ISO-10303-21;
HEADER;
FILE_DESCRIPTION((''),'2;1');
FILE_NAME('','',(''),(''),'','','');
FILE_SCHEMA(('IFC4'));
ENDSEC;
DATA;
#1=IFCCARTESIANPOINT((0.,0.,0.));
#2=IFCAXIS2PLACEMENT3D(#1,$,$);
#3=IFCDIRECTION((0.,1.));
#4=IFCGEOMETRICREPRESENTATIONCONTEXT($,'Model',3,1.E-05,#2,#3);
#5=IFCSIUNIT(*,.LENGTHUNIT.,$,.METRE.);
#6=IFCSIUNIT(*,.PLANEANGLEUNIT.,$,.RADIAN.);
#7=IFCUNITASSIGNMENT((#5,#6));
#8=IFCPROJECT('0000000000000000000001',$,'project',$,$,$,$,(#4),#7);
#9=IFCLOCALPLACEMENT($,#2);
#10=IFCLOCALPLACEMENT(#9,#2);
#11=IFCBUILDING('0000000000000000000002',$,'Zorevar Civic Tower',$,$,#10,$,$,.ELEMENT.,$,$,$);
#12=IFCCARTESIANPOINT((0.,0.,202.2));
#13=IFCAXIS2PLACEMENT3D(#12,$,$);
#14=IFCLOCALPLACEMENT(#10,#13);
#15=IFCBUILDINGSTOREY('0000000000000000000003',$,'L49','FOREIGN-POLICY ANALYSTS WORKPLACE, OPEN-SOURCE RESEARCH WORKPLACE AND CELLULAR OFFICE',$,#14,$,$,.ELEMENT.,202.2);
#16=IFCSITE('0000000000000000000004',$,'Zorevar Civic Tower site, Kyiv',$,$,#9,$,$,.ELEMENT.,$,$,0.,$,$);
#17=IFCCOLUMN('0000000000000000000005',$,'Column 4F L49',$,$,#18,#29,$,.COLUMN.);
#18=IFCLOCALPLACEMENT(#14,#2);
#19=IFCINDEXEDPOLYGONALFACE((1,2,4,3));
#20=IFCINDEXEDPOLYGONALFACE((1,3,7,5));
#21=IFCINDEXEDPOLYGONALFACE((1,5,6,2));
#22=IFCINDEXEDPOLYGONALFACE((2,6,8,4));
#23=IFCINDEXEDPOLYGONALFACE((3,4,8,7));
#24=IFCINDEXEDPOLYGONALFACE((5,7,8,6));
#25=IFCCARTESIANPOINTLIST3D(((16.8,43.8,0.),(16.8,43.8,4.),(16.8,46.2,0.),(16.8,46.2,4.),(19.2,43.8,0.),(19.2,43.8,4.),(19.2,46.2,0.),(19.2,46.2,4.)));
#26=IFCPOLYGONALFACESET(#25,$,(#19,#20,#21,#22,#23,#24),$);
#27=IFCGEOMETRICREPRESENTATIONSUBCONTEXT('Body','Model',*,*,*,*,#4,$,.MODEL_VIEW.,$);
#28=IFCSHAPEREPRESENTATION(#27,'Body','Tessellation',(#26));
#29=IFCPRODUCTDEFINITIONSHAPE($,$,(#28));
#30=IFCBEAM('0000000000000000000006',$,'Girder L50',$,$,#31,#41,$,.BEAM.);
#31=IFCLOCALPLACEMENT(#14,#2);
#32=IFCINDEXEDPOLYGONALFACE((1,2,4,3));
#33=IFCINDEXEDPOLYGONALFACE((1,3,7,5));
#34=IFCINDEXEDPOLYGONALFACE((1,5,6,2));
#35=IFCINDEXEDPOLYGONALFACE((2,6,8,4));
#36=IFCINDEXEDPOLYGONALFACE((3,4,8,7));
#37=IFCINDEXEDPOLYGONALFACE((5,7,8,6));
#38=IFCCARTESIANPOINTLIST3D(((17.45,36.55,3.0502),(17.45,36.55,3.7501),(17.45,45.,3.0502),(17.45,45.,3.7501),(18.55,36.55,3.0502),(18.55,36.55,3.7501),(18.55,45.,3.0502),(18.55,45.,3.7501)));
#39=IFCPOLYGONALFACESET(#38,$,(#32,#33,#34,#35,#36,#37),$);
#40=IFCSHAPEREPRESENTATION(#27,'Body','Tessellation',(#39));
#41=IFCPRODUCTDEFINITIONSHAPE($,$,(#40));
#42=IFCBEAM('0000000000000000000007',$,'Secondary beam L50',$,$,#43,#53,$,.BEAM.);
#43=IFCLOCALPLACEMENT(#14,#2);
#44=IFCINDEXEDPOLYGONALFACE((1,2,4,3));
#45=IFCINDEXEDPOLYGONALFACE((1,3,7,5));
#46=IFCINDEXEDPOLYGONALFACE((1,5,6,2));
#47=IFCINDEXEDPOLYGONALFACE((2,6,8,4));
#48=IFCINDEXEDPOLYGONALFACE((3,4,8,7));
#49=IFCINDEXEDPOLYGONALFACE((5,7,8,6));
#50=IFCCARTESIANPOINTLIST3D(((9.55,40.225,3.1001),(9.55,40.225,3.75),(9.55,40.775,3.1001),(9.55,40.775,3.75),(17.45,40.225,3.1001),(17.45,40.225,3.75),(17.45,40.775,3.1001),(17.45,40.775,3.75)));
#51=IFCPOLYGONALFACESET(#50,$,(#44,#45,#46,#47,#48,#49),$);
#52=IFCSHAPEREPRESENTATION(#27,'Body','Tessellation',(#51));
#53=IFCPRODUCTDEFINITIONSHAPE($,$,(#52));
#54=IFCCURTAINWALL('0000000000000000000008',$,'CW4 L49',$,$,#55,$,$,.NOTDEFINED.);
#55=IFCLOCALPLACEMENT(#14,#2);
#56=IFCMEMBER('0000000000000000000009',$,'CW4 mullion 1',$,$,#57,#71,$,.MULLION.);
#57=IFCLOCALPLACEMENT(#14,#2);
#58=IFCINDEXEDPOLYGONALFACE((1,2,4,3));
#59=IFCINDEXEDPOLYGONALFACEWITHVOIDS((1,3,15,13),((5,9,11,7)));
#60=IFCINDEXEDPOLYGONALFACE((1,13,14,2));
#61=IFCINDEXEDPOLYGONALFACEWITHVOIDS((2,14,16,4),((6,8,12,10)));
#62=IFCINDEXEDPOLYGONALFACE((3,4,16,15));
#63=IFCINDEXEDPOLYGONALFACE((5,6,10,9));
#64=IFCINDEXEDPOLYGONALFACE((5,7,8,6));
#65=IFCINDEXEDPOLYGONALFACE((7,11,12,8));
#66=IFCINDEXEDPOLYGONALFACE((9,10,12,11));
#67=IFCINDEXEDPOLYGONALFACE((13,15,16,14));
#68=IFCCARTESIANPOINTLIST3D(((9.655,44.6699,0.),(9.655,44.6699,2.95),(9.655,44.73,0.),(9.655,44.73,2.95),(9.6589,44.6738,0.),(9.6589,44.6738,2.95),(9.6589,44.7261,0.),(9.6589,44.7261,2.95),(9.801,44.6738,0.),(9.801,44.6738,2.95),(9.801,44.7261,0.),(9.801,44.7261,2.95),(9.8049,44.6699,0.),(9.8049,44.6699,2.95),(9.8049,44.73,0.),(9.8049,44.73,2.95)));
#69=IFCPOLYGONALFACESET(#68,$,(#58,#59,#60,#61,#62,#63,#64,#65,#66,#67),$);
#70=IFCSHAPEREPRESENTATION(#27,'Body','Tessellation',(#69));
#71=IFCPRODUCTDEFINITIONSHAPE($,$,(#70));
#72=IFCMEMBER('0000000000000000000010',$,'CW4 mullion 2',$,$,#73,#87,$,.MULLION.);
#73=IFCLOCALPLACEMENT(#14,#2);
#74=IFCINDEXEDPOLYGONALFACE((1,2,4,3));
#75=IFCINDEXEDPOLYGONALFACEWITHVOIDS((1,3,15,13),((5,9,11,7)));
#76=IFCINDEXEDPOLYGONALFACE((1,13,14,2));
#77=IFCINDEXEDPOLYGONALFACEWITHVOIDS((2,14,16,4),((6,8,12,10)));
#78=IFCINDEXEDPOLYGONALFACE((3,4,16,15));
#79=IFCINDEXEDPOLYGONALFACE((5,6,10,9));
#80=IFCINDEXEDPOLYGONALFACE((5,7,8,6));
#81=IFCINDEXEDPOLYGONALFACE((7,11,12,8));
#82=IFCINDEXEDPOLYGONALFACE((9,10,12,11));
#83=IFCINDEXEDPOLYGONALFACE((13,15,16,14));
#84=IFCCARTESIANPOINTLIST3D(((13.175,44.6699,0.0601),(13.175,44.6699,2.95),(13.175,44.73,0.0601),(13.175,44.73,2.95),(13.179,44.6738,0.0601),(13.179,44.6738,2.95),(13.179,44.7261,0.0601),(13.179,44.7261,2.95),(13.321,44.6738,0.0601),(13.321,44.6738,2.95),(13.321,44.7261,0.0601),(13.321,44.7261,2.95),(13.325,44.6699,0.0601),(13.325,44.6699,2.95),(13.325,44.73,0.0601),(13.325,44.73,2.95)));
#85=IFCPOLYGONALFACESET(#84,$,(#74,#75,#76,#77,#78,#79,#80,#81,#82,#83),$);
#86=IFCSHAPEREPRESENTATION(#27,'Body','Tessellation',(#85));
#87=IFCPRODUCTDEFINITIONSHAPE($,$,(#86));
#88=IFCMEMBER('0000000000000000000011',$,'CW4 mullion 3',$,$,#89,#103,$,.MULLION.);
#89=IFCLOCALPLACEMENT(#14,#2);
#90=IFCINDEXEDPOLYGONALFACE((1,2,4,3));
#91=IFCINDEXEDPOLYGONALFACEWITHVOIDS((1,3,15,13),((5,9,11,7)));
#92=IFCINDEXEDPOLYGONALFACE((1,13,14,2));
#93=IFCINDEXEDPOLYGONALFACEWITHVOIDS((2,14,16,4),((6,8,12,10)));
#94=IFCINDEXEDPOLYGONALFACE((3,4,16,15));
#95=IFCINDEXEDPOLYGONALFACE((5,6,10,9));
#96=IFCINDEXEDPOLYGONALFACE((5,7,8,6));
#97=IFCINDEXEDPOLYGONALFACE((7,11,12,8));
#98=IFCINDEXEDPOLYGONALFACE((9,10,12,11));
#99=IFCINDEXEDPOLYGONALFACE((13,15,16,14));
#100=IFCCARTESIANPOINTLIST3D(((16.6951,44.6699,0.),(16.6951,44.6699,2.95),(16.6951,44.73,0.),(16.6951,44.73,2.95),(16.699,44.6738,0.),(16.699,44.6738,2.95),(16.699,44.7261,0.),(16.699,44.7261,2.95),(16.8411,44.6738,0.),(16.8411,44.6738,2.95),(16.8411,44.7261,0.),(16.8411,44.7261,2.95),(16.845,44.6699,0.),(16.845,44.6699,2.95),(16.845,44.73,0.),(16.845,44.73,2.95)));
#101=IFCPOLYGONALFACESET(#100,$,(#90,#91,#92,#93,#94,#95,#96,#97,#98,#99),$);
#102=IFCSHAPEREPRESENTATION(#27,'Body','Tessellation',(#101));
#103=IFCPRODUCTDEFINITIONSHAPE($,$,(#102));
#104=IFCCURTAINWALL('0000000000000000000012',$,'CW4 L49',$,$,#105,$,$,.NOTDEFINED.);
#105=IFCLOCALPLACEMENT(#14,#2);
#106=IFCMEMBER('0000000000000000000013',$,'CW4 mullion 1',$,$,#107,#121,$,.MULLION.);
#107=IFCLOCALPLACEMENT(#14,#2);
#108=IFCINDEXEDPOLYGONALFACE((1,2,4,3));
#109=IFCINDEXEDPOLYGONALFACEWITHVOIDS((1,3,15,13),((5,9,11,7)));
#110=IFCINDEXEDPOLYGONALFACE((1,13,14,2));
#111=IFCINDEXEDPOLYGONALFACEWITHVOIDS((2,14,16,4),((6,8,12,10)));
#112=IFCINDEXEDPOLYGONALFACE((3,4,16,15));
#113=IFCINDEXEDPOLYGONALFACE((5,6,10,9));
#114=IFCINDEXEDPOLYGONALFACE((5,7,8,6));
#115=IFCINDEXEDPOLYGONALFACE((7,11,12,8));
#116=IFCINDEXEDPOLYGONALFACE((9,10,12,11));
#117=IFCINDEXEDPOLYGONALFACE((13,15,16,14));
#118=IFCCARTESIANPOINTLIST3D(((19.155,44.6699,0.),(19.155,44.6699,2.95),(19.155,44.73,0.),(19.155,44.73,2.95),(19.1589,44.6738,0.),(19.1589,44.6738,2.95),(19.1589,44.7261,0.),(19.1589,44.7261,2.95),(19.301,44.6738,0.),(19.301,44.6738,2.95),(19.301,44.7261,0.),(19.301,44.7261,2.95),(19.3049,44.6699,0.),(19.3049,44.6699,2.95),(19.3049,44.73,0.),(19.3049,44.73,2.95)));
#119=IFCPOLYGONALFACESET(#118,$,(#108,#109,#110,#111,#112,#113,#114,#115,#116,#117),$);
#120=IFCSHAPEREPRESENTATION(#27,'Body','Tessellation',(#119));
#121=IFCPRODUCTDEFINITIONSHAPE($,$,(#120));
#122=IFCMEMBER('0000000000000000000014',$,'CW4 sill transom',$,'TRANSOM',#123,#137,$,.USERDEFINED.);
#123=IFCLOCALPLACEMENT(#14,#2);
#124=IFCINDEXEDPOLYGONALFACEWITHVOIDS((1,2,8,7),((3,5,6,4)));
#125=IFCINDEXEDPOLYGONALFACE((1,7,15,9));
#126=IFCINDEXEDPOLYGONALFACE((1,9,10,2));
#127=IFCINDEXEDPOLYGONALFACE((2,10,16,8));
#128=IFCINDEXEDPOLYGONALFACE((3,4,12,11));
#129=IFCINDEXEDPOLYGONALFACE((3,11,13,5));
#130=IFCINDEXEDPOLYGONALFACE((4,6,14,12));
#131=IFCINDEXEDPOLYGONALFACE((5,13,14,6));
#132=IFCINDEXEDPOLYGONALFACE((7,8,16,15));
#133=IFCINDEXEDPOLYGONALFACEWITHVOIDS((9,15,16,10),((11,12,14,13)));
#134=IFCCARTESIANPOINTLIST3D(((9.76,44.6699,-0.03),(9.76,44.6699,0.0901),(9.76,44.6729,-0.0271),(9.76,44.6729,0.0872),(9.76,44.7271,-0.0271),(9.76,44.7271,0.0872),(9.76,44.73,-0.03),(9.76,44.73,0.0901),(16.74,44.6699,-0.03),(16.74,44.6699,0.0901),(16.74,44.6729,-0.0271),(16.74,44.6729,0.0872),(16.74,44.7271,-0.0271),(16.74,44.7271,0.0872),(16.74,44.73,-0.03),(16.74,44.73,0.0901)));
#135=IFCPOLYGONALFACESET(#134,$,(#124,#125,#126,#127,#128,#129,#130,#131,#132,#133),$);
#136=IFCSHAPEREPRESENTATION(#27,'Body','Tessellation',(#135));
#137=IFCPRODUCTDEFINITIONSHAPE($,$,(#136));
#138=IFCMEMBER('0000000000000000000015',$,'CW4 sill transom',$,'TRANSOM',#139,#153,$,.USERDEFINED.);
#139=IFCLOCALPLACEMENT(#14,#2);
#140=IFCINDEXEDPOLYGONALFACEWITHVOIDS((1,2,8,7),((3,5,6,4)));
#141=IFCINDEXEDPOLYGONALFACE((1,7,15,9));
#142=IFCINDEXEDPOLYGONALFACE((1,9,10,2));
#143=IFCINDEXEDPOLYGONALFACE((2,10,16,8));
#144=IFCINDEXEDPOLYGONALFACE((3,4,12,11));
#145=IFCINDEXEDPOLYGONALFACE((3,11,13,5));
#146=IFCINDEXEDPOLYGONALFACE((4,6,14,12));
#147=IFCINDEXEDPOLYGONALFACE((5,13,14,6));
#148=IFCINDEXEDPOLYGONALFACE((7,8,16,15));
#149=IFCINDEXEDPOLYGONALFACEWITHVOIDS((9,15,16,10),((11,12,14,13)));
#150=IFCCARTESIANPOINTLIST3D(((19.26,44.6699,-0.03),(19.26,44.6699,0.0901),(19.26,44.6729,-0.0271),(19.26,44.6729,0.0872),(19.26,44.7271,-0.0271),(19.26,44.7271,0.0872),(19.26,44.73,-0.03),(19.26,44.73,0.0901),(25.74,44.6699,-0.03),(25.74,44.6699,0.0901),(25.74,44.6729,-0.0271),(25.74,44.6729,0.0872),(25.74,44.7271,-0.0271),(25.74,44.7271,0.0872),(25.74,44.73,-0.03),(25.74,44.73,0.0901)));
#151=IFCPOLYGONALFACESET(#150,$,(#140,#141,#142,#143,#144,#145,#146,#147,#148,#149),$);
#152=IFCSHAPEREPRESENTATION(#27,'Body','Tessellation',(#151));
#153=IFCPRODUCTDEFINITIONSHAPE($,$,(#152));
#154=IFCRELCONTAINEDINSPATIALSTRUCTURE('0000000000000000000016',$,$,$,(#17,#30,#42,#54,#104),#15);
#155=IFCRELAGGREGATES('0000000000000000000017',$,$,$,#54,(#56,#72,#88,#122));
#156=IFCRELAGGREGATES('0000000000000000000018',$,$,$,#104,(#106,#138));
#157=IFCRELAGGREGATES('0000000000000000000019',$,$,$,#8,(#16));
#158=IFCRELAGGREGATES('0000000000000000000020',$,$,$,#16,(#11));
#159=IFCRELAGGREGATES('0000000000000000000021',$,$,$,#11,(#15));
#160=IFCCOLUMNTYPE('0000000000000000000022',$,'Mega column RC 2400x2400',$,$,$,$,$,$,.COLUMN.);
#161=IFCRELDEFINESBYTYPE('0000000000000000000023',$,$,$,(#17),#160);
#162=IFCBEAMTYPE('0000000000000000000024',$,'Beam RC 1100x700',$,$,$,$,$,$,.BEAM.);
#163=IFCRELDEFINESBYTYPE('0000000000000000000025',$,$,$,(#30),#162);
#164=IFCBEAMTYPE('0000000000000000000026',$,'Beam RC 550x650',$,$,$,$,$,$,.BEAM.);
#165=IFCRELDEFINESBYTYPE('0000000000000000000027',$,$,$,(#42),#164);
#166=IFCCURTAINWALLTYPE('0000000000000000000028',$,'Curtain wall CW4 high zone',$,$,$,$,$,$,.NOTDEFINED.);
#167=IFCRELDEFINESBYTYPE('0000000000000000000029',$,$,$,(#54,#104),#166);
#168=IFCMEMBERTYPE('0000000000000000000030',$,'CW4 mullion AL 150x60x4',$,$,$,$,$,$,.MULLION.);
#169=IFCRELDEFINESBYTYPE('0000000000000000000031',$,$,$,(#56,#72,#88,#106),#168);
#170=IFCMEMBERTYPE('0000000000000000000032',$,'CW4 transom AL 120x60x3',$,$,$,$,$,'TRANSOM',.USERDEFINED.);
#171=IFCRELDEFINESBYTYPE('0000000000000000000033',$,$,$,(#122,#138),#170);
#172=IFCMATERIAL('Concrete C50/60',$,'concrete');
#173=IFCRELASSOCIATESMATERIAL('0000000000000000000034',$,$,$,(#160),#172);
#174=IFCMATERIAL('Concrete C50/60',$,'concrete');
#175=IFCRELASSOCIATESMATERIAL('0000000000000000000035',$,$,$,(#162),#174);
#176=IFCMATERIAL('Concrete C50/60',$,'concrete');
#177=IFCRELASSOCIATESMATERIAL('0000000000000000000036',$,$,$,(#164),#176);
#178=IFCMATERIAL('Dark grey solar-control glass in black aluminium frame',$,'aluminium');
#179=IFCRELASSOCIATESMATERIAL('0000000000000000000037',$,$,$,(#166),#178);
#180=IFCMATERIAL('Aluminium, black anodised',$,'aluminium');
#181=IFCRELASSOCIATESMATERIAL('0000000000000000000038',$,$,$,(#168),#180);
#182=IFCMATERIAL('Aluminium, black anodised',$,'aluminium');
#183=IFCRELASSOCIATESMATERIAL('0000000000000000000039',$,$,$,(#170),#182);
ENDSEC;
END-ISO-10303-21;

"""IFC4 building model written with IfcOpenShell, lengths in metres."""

from ifc_helpers import new_model, si_unit, direction, frame, origin, origin_2d, place, context, subcontext, project, spatial, rectangle, hollow_rectangle, extrude, material, material_profile, profile_set, type_object, element, aggregate, save


model = new_model("IFC4")

# Units and contexts
model_context = context("Model", 3, precision=1e-05, world=origin(), true_north=direction((0.0, 1.0)))
body_context = subcontext(model_context, "Body", "Model", "MODEL_VIEW")
ifc_project = project(units=[si_unit("LENGTHUNIT", "METRE"), si_unit("PLANEANGLEUNIT", "RADIAN")], contexts=[model_context])

# Site, building, storey
site_placement = place(None, origin())
site = spatial("IfcSite", under=ifc_project, at=site_placement, Name="Zorevar Civic Tower site, Kyiv", CompositionType="ELEMENT", RefElevation=0.0)
building_placement = place(site_placement, origin())
building = spatial("IfcBuilding", under=site, at=building_placement, Name="Zorevar Civic Tower", CompositionType="ELEMENT")
storey_placement = place(building_placement, frame((0.0, 0.0, 202.2)))
storey = spatial("IfcBuildingStorey", under=building, at=storey_placement, Name="L49", Description="FOREIGN-POLICY ANALYSTS WORKPLACE, OPEN-SOURCE RESEARCH WORKPLACE AND CELLULAR OFFICE", CompositionType="ELEMENT", Elevation=202.2)

# Column
ifc_material_1 = material(Name="Concrete C50/60", Category="concrete")
ifc_material_profile_1 = material_profile(ifc_material_1, rectangle(XDim=2.3999, YDim=2.3999, at=origin_2d()), Name="RC 2400x2400")
ifc_profile_set_1 = profile_set([ifc_material_profile_1], Name="Concrete C50/60")
column_type = type_object("IfcColumnType", Name="Mega column RC 2400x2400", PredefinedType="COLUMN", material=ifc_profile_set_1)
column_placement = place(storey_placement, frame((18.0, 45.0, 0.0), z_axis=(0.0, 0.0, 1.0), x_axis=(1.0, 0.0, 0.0)))
element("IfcColumn", 1, at=column_placement, inside=storey, type_object=column_type, Name="Column 4F L49", PredefinedType="COLUMN", context=body_context, shape_type="SweptSolid", body=[
    extrude(rectangle(XDim=2.3999, YDim=2.3999, at=origin_2d()), origin(), (0.0, 0.0, 1.0), 4.0),
])

# Beams
ifc_material_2 = material(Name="Concrete C50/60", Category="concrete")
ifc_material_profile_2 = material_profile(ifc_material_2, rectangle(XDim=1.1001, YDim=0.7, at=origin_2d()), Name="RC 1100x700")
ifc_profile_set_2 = profile_set([ifc_material_profile_2], Name="Concrete C50/60")
beam_type_1 = type_object("IfcBeamType", Name="Beam RC 1100x700", PredefinedType="BEAM", material=ifc_profile_set_2)
beam_1_placement = place(storey_placement, frame((18.0, 36.55, 3.4001), z_axis=(0.0, 1.0, 0.0), x_axis=(-1.0, 0.0, 0.0)))
element("IfcBeam", 2, at=beam_1_placement, inside=storey, type_object=beam_type_1, Name="Girder L50", PredefinedType="BEAM", context=body_context, shape_type="SweptSolid", body=[
    extrude(rectangle(XDim=1.1001, YDim=0.7, at=origin_2d()), origin(), (0.0, 0.0, 1.0), 8.45),
])
ifc_material_3 = material(Name="Concrete C50/60", Category="concrete")
ifc_material_profile_3 = material_profile(ifc_material_3, rectangle(XDim=0.55, YDim=0.6499, at=origin_2d()), Name="RC 550x650")
ifc_profile_set_3 = profile_set([ifc_material_profile_3], Name="Concrete C50/60")
beam_type_2 = type_object("IfcBeamType", Name="Beam RC 550x650", PredefinedType="BEAM", material=ifc_profile_set_3)
beam_2_placement = place(storey_placement, frame((9.55, 40.5, 3.425), z_axis=(1.0, 0.0, 0.0), x_axis=(0.0, 1.0, 0.0)))
element("IfcBeam", 3, at=beam_2_placement, inside=storey, type_object=beam_type_2, Name="Secondary beam L50", PredefinedType="BEAM", context=body_context, shape_type="SweptSolid", body=[
    extrude(rectangle(XDim=0.55, YDim=0.6499, at=origin_2d()), origin(), (0.0, 0.0, 1.0), 7.8999),
])

# Curtain wall, members
ifc_material_4 = material(Name="Dark grey solar-control glass in black aluminium frame", Category="aluminium")
curtain_wall_type = type_object("IfcCurtainWallType", Name="Curtain wall CW4 high zone", PredefinedType="NOTDEFINED", material=ifc_material_4)
curtain_wall_1_placement = place(storey_placement, origin())
curtain_wall_1 = element("IfcCurtainWall", 4, at=curtain_wall_1_placement, inside=storey, type_object=curtain_wall_type, Name="CW4 L49", PredefinedType="NOTDEFINED")
ifc_material_5 = material(Name="Aluminium, black anodised", Category="aluminium")
ifc_material_profile_4 = material_profile(ifc_material_5, hollow_rectangle(XDim=0.0601, YDim=0.1499, WallThickness=0.0039, at=origin_2d()), Name="AL 150x60x4")
ifc_profile_set_4 = profile_set([ifc_material_profile_4], Name="Aluminium, black anodised")
member_type_1 = type_object("IfcMemberType", Name="CW4 mullion AL 150x60x4", PredefinedType="MULLION", material=ifc_profile_set_4)
member_1_placement = place(storey_placement, frame((9.73, 44.7, 0.0), z_axis=(0.0, 0.0, 1.0), x_axis=(0.0, 1.0, 0.0)))
member_1 = element("IfcMember", 5, at=member_1_placement, type_object=member_type_1, Name="CW4 mullion 1", PredefinedType="MULLION", context=body_context, shape_type="SweptSolid", body=[
    extrude(hollow_rectangle(XDim=0.0601, YDim=0.1499, WallThickness=0.0039, at=origin_2d()), origin(), (0.0, 0.0, 1.0), 2.95),
])
member_2_placement = place(storey_placement, frame((13.25, 44.7, 0.0601), z_axis=(0.0, 0.0, 1.0), x_axis=(0.0, 1.0, 0.0)))
member_2 = element("IfcMember", 6, at=member_2_placement, type_object=member_type_1, Name="CW4 mullion 2", PredefinedType="MULLION", context=body_context, shape_type="SweptSolid", body=[
    extrude(hollow_rectangle(XDim=0.0601, YDim=0.1499, WallThickness=0.0039, at=origin_2d()), origin(), (0.0, 0.0, 1.0), 2.8899),
])
member_3_placement = place(storey_placement, frame((16.77, 44.7, 0.0), z_axis=(0.0, 0.0, 1.0), x_axis=(0.0, 1.0, 0.0)))
member_3 = element("IfcMember", 7, at=member_3_placement, type_object=member_type_1, Name="CW4 mullion 3", PredefinedType="MULLION", context=body_context, shape_type="SweptSolid", body=[
    extrude(hollow_rectangle(XDim=0.0601, YDim=0.1499, WallThickness=0.0039, at=origin_2d()), origin(), (0.0, 0.0, 1.0), 2.95),
])

# Curtain wall, member
curtain_wall_2_placement = place(storey_placement, origin())
curtain_wall_2 = element("IfcCurtainWall", 8, at=curtain_wall_2_placement, inside=storey, type_object=curtain_wall_type, Name="CW4 L49", PredefinedType="NOTDEFINED")
member_4_placement = place(storey_placement, frame((19.23, 44.7, 0.0), z_axis=(0.0, 0.0, 1.0), x_axis=(0.0, 1.0, 0.0)))
member_4 = element("IfcMember", 9, at=member_4_placement, type_object=member_type_1, Name="CW4 mullion 1", PredefinedType="MULLION", context=body_context, shape_type="SweptSolid", body=[
    extrude(hollow_rectangle(XDim=0.0601, YDim=0.1499, WallThickness=0.0039, at=origin_2d()), origin(), (0.0, 0.0, 1.0), 2.95),
])

# Members
ifc_material_6 = material(Name="Aluminium, black anodised", Category="aluminium")
ifc_material_profile_5 = material_profile(ifc_material_6, hollow_rectangle(XDim=0.0601, YDim=0.1201, WallThickness=0.0029, at=origin_2d()), Name="AL 120x60x3")
ifc_profile_set_5 = profile_set([ifc_material_profile_5], Name="Aluminium, black anodised")
member_type_2 = type_object("IfcMemberType", Name="CW4 transom AL 120x60x3", ElementType="TRANSOM", PredefinedType="USERDEFINED", material=ifc_profile_set_5)
member_5_placement = place(storey_placement, frame((9.76, 44.7, 0.03), z_axis=(1.0, 0.0, 0.0), x_axis=(0.0, 1.0, 0.0)))
member_5 = element("IfcMember", 10, at=member_5_placement, type_object=member_type_2, Name="CW4 sill transom", ObjectType="TRANSOM", PredefinedType="USERDEFINED", context=body_context, shape_type="SweptSolid", body=[
    extrude(hollow_rectangle(XDim=0.0601, YDim=0.1201, WallThickness=0.0029, at=origin_2d()), origin(), (0.0, 0.0, 1.0), 6.98),
])
member_6_placement = place(storey_placement, frame((19.26, 44.7, 0.03), z_axis=(1.0, 0.0, 0.0), x_axis=(0.0, 1.0, 0.0)))
member_6 = element("IfcMember", 11, at=member_6_placement, type_object=member_type_2, Name="CW4 sill transom", ObjectType="TRANSOM", PredefinedType="USERDEFINED", context=body_context, shape_type="SweptSolid", body=[
    extrude(hollow_rectangle(XDim=0.0601, YDim=0.1201, WallThickness=0.0029, at=origin_2d()), origin(), (0.0, 0.0, 1.0), 6.48),
])

aggregate(curtain_wall_1, [member_1, member_2, member_3, member_5])
aggregate(curtain_wall_2, [member_4, member_6])

save(model, "model.ifc")
